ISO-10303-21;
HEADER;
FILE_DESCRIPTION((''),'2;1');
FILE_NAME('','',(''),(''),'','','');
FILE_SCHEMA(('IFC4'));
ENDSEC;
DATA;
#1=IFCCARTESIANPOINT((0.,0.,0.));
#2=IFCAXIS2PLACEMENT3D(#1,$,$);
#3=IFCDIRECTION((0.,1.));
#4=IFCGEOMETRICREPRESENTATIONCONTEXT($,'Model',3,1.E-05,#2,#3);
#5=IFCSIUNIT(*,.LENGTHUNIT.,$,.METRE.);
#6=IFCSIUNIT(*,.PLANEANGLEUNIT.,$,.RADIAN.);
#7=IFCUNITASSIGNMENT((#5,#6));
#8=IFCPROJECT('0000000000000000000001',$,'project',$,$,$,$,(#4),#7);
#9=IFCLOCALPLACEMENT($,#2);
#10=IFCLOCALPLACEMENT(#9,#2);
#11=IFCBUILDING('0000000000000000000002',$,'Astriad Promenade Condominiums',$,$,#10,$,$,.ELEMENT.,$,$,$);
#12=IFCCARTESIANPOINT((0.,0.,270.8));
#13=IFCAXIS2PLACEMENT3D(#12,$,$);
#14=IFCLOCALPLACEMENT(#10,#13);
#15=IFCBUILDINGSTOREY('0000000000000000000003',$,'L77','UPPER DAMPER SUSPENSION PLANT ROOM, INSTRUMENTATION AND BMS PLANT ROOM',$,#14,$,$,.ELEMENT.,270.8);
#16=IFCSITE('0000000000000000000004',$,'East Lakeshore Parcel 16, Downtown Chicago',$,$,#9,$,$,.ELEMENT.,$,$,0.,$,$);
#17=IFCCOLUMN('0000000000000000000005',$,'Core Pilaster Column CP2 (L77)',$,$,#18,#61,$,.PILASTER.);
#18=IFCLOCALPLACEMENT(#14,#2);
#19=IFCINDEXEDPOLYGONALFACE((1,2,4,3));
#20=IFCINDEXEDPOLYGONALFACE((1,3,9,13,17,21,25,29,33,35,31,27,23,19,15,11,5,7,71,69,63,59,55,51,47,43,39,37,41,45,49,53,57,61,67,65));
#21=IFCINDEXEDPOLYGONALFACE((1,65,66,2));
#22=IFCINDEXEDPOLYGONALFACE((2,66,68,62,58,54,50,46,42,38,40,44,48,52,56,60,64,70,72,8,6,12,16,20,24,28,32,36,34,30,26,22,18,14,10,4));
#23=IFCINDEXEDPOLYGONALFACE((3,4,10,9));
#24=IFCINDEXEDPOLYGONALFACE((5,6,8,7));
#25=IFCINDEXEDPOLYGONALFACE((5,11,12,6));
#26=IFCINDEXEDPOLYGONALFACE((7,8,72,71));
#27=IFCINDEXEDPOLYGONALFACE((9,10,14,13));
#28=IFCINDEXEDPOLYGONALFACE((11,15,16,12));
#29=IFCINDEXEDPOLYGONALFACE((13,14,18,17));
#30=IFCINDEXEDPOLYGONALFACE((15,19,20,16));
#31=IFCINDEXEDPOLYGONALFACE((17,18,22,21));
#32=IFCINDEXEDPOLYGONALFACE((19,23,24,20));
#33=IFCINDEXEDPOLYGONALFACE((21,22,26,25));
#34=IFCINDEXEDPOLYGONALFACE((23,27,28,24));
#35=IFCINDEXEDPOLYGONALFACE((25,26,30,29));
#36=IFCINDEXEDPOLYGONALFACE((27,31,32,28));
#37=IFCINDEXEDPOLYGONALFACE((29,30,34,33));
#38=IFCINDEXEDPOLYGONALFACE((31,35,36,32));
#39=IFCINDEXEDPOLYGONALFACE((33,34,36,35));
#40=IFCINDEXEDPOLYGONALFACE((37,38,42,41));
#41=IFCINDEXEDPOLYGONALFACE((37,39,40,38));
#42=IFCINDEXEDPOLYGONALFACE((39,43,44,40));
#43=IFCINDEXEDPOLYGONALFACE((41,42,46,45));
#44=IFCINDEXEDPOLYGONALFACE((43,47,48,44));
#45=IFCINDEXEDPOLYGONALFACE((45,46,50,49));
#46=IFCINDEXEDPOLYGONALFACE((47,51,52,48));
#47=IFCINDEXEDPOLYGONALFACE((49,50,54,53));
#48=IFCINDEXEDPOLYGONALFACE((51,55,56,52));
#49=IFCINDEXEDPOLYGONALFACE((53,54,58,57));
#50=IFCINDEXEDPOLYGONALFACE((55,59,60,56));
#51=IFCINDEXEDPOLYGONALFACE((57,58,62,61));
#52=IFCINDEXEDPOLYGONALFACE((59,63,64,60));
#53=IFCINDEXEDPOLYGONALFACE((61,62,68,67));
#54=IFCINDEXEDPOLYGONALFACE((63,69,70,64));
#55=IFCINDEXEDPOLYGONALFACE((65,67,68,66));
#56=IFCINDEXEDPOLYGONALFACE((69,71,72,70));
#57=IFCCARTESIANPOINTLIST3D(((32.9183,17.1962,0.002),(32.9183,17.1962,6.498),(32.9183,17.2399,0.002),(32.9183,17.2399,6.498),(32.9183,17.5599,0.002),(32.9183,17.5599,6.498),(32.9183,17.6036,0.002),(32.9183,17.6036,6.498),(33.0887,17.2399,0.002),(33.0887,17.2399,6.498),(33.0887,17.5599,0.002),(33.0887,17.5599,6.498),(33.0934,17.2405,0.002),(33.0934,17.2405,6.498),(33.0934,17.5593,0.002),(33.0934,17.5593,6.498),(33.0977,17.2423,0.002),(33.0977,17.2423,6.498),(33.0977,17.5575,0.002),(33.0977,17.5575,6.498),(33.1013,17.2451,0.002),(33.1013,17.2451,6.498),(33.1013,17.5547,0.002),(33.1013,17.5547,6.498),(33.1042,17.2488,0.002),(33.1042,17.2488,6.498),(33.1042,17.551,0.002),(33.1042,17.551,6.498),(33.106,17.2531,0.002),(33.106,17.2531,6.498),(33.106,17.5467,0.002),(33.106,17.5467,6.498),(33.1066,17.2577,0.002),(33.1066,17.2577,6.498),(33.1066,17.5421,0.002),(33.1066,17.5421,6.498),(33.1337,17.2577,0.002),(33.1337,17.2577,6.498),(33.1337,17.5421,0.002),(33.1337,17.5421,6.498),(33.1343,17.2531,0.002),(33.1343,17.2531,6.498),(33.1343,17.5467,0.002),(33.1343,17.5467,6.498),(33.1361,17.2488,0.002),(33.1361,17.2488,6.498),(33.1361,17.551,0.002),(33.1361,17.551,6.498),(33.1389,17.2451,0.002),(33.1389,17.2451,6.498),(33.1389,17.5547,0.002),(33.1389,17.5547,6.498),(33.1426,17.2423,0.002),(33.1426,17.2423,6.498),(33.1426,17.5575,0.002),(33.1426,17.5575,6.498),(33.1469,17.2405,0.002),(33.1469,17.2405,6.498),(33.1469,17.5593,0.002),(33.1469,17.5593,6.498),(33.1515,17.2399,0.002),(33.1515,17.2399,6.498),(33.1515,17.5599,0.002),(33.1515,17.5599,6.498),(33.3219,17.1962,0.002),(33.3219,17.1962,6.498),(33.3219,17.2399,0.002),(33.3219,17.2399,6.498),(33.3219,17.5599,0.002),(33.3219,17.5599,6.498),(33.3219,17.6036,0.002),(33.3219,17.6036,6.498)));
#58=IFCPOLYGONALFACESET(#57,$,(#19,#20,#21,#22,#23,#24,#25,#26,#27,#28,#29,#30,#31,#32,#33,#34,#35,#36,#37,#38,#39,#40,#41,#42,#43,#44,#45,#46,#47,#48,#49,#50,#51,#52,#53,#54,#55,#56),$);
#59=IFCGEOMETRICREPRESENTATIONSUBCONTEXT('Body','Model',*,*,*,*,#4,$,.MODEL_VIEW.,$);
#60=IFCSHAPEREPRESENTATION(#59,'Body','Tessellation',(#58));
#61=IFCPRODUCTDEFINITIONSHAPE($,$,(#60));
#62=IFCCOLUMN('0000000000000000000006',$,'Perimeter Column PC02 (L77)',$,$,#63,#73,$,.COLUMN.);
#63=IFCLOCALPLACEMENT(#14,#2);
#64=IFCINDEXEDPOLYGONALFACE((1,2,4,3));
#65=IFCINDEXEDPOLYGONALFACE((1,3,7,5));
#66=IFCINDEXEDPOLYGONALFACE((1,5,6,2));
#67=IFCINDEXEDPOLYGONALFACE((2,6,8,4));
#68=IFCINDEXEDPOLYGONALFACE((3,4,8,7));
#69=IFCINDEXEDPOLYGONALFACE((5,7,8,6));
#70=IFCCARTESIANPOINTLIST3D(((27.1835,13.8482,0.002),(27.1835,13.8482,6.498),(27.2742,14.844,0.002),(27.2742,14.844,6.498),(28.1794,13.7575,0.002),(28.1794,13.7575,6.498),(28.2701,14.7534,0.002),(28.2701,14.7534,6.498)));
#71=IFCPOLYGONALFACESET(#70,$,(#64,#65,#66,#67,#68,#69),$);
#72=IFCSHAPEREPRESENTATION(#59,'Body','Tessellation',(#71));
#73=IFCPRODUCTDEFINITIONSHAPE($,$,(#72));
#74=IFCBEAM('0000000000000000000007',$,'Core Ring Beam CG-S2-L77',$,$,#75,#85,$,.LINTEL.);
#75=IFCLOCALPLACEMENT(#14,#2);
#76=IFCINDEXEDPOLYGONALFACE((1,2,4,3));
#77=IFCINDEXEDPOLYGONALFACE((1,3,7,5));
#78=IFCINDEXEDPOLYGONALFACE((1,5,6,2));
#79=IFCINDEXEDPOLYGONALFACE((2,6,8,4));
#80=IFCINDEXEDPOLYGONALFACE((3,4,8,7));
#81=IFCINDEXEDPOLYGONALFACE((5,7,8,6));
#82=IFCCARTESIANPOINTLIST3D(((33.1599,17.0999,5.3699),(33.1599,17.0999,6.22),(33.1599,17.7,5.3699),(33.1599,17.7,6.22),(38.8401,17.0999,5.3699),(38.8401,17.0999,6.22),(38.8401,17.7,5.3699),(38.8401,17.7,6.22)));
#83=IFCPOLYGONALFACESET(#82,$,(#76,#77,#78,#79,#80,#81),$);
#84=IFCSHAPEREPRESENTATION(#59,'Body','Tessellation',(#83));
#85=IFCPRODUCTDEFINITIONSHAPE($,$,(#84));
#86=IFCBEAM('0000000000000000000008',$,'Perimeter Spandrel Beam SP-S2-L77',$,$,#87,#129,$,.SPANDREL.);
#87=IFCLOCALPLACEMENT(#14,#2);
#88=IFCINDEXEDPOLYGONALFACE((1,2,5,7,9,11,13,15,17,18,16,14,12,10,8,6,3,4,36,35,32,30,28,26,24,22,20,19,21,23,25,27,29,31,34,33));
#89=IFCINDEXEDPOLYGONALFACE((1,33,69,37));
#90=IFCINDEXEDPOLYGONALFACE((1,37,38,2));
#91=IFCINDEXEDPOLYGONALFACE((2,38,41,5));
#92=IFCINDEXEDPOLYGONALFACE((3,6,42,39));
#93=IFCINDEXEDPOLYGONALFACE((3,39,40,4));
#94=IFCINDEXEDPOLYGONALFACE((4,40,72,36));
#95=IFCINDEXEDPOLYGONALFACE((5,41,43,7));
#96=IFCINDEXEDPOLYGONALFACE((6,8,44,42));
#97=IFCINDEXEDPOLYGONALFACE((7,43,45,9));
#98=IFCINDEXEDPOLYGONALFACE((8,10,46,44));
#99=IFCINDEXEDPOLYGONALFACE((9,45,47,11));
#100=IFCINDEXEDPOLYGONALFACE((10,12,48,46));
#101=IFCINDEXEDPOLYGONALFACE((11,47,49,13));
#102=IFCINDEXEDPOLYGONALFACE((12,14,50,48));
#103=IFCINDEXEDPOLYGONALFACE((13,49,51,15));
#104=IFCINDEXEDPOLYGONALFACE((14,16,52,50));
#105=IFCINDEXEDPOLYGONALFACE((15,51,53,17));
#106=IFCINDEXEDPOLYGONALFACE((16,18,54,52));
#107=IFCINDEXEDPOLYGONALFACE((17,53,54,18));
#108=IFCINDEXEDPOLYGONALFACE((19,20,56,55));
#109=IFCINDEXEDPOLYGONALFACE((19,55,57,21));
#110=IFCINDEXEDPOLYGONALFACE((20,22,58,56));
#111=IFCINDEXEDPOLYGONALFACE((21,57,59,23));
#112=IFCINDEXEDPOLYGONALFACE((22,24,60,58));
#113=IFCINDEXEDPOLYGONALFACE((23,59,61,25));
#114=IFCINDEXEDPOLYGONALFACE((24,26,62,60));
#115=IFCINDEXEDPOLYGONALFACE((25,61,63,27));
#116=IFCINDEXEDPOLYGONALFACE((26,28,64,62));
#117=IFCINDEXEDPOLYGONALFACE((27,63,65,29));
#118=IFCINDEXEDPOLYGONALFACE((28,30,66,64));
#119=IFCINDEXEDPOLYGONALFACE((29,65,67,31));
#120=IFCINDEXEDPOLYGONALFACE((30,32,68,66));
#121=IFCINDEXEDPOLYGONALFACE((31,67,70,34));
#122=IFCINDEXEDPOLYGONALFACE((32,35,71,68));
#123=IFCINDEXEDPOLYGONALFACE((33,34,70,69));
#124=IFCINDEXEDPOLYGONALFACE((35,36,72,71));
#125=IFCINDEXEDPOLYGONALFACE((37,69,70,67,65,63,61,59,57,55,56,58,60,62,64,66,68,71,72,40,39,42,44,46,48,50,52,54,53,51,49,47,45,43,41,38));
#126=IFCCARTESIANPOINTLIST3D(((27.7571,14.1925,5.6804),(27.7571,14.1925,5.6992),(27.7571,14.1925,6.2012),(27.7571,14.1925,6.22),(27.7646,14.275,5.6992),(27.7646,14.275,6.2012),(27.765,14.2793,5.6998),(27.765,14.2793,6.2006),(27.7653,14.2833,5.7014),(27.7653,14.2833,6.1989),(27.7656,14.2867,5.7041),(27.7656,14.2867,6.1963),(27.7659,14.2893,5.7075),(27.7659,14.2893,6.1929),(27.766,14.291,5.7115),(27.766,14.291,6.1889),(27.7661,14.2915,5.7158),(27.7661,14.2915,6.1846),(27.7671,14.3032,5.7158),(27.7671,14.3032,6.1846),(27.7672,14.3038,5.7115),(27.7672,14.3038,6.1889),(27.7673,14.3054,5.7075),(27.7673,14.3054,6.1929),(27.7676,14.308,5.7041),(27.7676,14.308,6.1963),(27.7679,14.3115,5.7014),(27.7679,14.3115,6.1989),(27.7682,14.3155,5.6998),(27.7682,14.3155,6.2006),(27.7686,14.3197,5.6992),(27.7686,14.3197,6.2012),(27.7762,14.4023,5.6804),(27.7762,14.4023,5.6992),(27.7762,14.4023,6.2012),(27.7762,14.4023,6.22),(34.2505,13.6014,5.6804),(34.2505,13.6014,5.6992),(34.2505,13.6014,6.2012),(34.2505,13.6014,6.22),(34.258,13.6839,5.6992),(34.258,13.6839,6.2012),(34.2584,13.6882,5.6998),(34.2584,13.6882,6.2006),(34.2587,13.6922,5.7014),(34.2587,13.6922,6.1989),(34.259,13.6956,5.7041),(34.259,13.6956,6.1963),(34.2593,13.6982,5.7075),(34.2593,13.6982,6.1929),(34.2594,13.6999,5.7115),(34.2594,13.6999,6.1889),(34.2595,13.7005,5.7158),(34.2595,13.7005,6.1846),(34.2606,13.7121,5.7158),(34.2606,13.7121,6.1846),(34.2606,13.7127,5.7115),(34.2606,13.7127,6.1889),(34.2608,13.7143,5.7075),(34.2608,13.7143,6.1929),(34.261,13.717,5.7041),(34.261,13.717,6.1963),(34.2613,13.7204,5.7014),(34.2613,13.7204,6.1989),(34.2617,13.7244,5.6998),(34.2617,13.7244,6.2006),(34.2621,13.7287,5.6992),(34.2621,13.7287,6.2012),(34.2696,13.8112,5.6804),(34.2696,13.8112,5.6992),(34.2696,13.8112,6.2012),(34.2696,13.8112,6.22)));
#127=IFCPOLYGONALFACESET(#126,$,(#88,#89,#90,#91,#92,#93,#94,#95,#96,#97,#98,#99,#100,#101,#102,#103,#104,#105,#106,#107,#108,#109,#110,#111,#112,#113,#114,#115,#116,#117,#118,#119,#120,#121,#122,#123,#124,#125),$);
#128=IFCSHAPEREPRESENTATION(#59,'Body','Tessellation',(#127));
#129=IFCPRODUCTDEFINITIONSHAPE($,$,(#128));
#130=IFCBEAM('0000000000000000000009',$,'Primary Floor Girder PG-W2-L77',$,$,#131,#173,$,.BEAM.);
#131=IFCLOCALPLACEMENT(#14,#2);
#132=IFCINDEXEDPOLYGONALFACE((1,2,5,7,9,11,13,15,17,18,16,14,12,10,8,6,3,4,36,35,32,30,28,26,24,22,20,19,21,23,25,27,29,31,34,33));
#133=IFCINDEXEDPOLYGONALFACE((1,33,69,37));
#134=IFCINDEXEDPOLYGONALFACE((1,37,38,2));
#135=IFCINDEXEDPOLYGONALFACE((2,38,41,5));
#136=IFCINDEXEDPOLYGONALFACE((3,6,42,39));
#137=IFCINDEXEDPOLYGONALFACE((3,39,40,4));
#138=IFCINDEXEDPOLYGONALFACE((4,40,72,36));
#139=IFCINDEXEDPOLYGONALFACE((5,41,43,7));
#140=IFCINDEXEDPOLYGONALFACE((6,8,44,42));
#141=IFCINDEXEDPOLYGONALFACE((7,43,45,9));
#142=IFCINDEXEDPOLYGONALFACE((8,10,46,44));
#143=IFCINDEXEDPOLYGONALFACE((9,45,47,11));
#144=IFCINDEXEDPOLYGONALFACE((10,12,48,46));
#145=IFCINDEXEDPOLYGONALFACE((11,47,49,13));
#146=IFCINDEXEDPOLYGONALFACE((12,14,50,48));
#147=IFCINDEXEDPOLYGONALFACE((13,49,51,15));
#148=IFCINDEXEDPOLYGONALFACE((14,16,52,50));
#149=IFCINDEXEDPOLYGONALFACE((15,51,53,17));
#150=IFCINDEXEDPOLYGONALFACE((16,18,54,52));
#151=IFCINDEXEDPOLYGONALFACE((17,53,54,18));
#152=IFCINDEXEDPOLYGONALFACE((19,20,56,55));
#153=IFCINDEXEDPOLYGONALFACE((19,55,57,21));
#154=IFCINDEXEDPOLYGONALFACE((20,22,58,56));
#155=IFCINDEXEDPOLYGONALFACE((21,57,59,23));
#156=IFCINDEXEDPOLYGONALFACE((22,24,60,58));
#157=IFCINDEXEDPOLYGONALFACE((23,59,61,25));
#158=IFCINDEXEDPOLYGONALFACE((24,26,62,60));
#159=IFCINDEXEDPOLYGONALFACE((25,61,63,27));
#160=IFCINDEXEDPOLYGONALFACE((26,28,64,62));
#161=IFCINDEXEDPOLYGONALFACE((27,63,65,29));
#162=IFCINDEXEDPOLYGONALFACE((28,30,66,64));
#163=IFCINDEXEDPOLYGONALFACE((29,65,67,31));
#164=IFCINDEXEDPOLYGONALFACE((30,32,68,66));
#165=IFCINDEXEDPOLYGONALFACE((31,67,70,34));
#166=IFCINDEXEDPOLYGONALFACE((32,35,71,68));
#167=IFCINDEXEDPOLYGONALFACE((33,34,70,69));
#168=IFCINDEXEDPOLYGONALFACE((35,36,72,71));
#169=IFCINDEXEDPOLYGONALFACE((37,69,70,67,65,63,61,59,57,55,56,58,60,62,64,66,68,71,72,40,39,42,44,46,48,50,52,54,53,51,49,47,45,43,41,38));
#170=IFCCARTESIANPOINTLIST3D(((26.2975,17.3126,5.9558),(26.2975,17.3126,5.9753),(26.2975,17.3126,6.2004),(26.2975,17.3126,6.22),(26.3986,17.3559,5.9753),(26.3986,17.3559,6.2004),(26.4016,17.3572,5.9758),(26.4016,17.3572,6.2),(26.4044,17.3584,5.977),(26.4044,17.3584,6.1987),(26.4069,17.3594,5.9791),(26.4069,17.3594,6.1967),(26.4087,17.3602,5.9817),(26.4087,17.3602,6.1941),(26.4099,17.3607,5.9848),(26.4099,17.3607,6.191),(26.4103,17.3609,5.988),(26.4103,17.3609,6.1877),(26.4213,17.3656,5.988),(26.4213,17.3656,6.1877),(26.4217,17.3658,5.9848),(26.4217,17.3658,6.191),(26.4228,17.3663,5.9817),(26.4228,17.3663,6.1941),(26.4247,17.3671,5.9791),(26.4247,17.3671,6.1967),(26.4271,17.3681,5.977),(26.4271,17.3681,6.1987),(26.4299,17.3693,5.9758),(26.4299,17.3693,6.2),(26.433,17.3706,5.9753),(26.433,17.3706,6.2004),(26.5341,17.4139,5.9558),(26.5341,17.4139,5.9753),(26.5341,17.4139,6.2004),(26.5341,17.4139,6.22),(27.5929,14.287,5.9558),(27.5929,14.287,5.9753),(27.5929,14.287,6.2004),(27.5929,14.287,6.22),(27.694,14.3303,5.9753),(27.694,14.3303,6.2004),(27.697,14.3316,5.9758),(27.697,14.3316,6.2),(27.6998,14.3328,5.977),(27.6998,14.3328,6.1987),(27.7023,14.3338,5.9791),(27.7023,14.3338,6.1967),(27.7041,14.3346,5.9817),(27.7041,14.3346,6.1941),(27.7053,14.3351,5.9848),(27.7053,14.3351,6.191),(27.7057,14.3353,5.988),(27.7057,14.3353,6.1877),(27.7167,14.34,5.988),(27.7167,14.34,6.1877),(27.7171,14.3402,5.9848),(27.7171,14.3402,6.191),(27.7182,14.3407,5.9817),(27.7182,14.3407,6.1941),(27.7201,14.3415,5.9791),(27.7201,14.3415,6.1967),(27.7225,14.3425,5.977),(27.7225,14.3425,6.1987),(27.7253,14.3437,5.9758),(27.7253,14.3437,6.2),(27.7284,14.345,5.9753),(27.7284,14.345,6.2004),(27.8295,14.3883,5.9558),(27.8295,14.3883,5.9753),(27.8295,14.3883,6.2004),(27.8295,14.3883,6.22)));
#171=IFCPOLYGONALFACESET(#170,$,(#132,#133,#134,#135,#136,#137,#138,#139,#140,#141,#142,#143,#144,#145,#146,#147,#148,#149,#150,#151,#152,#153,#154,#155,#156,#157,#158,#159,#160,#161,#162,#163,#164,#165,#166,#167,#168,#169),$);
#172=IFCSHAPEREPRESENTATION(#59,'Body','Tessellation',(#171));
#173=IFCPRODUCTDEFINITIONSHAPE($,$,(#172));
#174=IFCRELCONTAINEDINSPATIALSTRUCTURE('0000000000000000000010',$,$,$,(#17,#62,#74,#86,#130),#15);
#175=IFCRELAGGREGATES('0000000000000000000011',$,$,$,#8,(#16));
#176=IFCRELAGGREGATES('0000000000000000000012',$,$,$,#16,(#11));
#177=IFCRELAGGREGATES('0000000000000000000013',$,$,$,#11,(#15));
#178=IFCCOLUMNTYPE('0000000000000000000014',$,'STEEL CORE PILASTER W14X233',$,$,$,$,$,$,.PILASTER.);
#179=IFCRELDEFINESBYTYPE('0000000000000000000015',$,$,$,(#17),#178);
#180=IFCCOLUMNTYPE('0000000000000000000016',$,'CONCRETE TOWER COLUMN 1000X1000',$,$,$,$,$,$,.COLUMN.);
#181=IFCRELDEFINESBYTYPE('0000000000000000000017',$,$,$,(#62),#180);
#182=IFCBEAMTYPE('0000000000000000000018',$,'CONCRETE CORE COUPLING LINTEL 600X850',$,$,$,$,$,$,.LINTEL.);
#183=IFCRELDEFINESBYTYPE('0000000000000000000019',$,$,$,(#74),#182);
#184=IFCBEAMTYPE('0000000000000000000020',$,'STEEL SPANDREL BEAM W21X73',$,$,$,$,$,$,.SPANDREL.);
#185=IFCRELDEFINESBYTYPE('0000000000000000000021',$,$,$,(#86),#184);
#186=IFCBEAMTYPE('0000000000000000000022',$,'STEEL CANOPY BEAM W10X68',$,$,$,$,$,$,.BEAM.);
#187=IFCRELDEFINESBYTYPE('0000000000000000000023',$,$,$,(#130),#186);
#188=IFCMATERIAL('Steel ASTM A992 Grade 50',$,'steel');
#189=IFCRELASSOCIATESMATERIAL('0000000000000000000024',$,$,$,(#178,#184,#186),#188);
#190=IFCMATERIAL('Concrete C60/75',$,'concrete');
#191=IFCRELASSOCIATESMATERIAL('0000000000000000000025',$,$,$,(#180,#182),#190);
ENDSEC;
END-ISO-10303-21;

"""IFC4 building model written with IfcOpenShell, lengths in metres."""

from ifc_helpers import new_model, si_unit, direction, frame, origin, origin_2d, place, context, subcontext, project, spatial, rectangle, i_section, extrude, source, transform, mapped, material, material_profile, profile_set, type_object, type_shapes, element, save


model = new_model("IFC4")

# Units and contexts
model_context = context("Model", 3, precision=1e-05, world=origin(), true_north=direction((0.0, 1.0)))
body_context = subcontext(model_context, "Body", "Model", "MODEL_VIEW")
ifc_project = project(units=[si_unit("LENGTHUNIT", "METRE"), si_unit("PLANEANGLEUNIT", "RADIAN")], contexts=[model_context])

# Site, building, storey
site_placement = place(None, origin())
site = spatial("IfcSite", under=ifc_project, at=site_placement, Name="East Lakeshore Parcel 16, Downtown Chicago", CompositionType="ELEMENT", RefElevation=0.0)
building_placement = place(site_placement, origin())
building = spatial("IfcBuilding", under=site, at=building_placement, Name="Astriad Promenade Condominiums", CompositionType="ELEMENT")
storey_placement = place(building_placement, frame((0.0, 0.0, 270.8)))
storey = spatial("IfcBuildingStorey", under=building, at=storey_placement, Name="L77", Description="UPPER DAMPER SUSPENSION PLANT ROOM, INSTRUMENTATION AND BMS PLANT ROOM", CompositionType="ELEMENT", Elevation=270.8)

# Columns
ifc_material_1 = material(Name="Steel ASTM A992 Grade 50", Category="steel")
ifc_material_profile_1 = material_profile(ifc_material_1, i_section(OverallWidth=0.4036, OverallDepth=0.4075, WebThickness=0.0271, FlangeThickness=0.0437, FilletRadius=0.0178, at=origin_2d()), Name="W14X233")
ifc_profile_set_1 = profile_set([ifc_material_profile_1], Name="Steel ASTM A992 Grade 50")
column_type_1 = type_object("IfcColumnType", Name="STEEL CORE PILASTER W14X233", PredefinedType="PILASTER", material=ifc_profile_set_1)
shared_shape_1 = source(origin(), body_context, "Body", "SweptSolid", [
    extrude(i_section(OverallWidth=0.4036, OverallDepth=0.4075, WebThickness=0.0271, FlangeThickness=0.0437, FilletRadius=0.0178, at=origin_2d()), origin(), (0.0, 0.0, 1.0), 6.4961),
])
type_shapes(column_type_1, [shared_shape_1])
column_1_placement = place(storey_placement, frame((33.1201, 17.3999, 0.002), z_axis=(0.0, 0.0, 1.0), x_axis=(1.0, 0.0, 0.0)))
element("IfcColumn", 1, at=column_1_placement, inside=storey, type_object=column_type_1, Name="Core Pilaster Column CP2 (L77)", PredefinedType="PILASTER", context=body_context, shape_type="MappedRepresentation", body=[
    mapped(shared_shape_1, transform((0.0, 0.0, 0.0), scale=1.0)),
])
ifc_material_2 = material(Name="Concrete C60/75", Category="concrete")
ifc_material_profile_2 = material_profile(ifc_material_2, rectangle(XDim=1.0, YDim=1.0, at=origin_2d()), Name="RC-COL-1000X1000")
ifc_profile_set_2 = profile_set([ifc_material_profile_2], Name="Concrete C60/75")
column_type_2 = type_object("IfcColumnType", Name="CONCRETE TOWER COLUMN 1000X1000", PredefinedType="COLUMN", material=ifc_profile_set_2)
shared_shape_2 = source(origin(), body_context, "Body", "SweptSolid", [
    extrude(rectangle(XDim=1.0, YDim=1.0, at=origin_2d()), origin(), (0.0, 0.0, 1.0), 6.4961),
])
type_shapes(column_type_2, [shared_shape_2])
column_2_placement = place(storey_placement, frame((27.7268, 14.3008, 0.002), z_axis=(0.0, 0.0, 1.0), x_axis=(0.995884, -0.090633, 0.0)))
element("IfcColumn", 2, at=column_2_placement, inside=storey, type_object=column_type_2, Name="Perimeter Column PC02 (L77)", PredefinedType="COLUMN", context=body_context, shape_type="MappedRepresentation", body=[
    mapped(shared_shape_2, transform((0.0, 0.0, 0.0), scale=1.0)),
])

# Beams
ifc_material_profile_3 = material_profile(ifc_material_2, rectangle(XDim=0.6001, YDim=0.8501, at=origin_2d()), Name="RC-BM-600X850")
ifc_profile_set_3 = profile_set([ifc_material_profile_3], Name="Concrete C60/75")
beam_type_1 = type_object("IfcBeamType", Name="CONCRETE CORE COUPLING LINTEL 600X850", PredefinedType="LINTEL", material=ifc_profile_set_3)
shared_shape_3 = source(origin(), body_context, "Body", "SweptSolid", [
    extrude(rectangle(XDim=0.6001, YDim=0.8501, at=origin_2d()), origin(), (0.0, 0.0, 1.0), 5.6802),
])
type_shapes(beam_type_1, [shared_shape_3])
beam_1_placement = place(storey_placement, frame((33.1599, 17.3999, 5.7949), z_axis=(1.0, 0.0, 0.0), x_axis=(0.0, 1.0, 0.0)))
element("IfcBeam", 3, at=beam_1_placement, inside=storey, type_object=beam_type_1, Name="Core Ring Beam CG-S2-L77", PredefinedType="LINTEL", context=body_context, shape_type="MappedRepresentation", body=[
    mapped(shared_shape_3, transform((0.0, 0.0, 0.0), scale=1.0)),
])
ifc_material_profile_4 = material_profile(ifc_material_1, i_section(OverallWidth=0.2107, OverallDepth=0.5396, WebThickness=0.0117, FlangeThickness=0.0188, FilletRadius=0.0166, at=origin_2d()), Name="W21X73")
ifc_profile_set_4 = profile_set([ifc_material_profile_4], Name="Steel ASTM A992 Grade 50")
beam_type_2 = type_object("IfcBeamType", Name="STEEL SPANDREL BEAM W21X73", PredefinedType="SPANDREL", material=ifc_profile_set_4)
shared_shape_4 = source(origin(), body_context, "Body", "SweptSolid", [
    extrude(i_section(OverallWidth=0.2107, OverallDepth=0.5396, WebThickness=0.0117, FlangeThickness=0.0188, FilletRadius=0.0166, at=origin_2d()), origin(), (0.0, 0.0, 1.0), 6.5203),
])
type_shapes(beam_type_2, [shared_shape_4])
beam_2_placement = place(storey_placement, frame((27.7666, 14.2974, 5.9502), z_axis=(0.995883, -0.090651, 0.0), x_axis=(0.090651, 0.995883, 0.0)))
element("IfcBeam", 4, at=beam_2_placement, inside=storey, type_object=beam_type_2, Name="Perimeter Spandrel Beam SP-S2-L77", PredefinedType="SPANDREL", context=body_context, shape_type="MappedRepresentation", body=[
    mapped(shared_shape_4, transform((0.0, 0.0, 0.0), scale=1.0)),
])
ifc_material_profile_5 = material_profile(ifc_material_1, i_section(OverallWidth=0.2573, OverallDepth=0.2642, WebThickness=0.012, FlangeThickness=0.0195, FilletRadius=0.0127, at=origin_2d()), Name="W10X68")
ifc_profile_set_5 = profile_set([ifc_material_profile_5], Name="Steel ASTM A992 Grade 50")
beam_type_3 = type_object("IfcBeamType", Name="STEEL CANOPY BEAM W10X68", PredefinedType="BEAM", material=ifc_profile_set_5)
shared_shape_5 = source(origin(), body_context, "Body", "SweptSolid", [
    extrude(i_section(OverallWidth=0.2573, OverallDepth=0.2642, WebThickness=0.012, FlangeThickness=0.0195, FilletRadius=0.0127, at=origin_2d()), origin(), (0.0, 0.0, 1.0), 3.2913),
])
beam_3_placement = place(storey_placement, frame((27.7112, 14.3376, 6.0879), z_axis=(-0.393588, 0.919287, 0.0), x_axis=(-0.919287, -0.393588, 0.0)))
element("IfcBeam", 5, at=beam_3_placement, inside=storey, type_object=beam_type_3, Name="Primary Floor Girder PG-W2-L77", PredefinedType="BEAM", context=body_context, shape_type="MappedRepresentation", body=[
    mapped(shared_shape_5, transform((0.0, 0.0, 0.0), scale=1.0)),
])

save(model, "model.ifc")
